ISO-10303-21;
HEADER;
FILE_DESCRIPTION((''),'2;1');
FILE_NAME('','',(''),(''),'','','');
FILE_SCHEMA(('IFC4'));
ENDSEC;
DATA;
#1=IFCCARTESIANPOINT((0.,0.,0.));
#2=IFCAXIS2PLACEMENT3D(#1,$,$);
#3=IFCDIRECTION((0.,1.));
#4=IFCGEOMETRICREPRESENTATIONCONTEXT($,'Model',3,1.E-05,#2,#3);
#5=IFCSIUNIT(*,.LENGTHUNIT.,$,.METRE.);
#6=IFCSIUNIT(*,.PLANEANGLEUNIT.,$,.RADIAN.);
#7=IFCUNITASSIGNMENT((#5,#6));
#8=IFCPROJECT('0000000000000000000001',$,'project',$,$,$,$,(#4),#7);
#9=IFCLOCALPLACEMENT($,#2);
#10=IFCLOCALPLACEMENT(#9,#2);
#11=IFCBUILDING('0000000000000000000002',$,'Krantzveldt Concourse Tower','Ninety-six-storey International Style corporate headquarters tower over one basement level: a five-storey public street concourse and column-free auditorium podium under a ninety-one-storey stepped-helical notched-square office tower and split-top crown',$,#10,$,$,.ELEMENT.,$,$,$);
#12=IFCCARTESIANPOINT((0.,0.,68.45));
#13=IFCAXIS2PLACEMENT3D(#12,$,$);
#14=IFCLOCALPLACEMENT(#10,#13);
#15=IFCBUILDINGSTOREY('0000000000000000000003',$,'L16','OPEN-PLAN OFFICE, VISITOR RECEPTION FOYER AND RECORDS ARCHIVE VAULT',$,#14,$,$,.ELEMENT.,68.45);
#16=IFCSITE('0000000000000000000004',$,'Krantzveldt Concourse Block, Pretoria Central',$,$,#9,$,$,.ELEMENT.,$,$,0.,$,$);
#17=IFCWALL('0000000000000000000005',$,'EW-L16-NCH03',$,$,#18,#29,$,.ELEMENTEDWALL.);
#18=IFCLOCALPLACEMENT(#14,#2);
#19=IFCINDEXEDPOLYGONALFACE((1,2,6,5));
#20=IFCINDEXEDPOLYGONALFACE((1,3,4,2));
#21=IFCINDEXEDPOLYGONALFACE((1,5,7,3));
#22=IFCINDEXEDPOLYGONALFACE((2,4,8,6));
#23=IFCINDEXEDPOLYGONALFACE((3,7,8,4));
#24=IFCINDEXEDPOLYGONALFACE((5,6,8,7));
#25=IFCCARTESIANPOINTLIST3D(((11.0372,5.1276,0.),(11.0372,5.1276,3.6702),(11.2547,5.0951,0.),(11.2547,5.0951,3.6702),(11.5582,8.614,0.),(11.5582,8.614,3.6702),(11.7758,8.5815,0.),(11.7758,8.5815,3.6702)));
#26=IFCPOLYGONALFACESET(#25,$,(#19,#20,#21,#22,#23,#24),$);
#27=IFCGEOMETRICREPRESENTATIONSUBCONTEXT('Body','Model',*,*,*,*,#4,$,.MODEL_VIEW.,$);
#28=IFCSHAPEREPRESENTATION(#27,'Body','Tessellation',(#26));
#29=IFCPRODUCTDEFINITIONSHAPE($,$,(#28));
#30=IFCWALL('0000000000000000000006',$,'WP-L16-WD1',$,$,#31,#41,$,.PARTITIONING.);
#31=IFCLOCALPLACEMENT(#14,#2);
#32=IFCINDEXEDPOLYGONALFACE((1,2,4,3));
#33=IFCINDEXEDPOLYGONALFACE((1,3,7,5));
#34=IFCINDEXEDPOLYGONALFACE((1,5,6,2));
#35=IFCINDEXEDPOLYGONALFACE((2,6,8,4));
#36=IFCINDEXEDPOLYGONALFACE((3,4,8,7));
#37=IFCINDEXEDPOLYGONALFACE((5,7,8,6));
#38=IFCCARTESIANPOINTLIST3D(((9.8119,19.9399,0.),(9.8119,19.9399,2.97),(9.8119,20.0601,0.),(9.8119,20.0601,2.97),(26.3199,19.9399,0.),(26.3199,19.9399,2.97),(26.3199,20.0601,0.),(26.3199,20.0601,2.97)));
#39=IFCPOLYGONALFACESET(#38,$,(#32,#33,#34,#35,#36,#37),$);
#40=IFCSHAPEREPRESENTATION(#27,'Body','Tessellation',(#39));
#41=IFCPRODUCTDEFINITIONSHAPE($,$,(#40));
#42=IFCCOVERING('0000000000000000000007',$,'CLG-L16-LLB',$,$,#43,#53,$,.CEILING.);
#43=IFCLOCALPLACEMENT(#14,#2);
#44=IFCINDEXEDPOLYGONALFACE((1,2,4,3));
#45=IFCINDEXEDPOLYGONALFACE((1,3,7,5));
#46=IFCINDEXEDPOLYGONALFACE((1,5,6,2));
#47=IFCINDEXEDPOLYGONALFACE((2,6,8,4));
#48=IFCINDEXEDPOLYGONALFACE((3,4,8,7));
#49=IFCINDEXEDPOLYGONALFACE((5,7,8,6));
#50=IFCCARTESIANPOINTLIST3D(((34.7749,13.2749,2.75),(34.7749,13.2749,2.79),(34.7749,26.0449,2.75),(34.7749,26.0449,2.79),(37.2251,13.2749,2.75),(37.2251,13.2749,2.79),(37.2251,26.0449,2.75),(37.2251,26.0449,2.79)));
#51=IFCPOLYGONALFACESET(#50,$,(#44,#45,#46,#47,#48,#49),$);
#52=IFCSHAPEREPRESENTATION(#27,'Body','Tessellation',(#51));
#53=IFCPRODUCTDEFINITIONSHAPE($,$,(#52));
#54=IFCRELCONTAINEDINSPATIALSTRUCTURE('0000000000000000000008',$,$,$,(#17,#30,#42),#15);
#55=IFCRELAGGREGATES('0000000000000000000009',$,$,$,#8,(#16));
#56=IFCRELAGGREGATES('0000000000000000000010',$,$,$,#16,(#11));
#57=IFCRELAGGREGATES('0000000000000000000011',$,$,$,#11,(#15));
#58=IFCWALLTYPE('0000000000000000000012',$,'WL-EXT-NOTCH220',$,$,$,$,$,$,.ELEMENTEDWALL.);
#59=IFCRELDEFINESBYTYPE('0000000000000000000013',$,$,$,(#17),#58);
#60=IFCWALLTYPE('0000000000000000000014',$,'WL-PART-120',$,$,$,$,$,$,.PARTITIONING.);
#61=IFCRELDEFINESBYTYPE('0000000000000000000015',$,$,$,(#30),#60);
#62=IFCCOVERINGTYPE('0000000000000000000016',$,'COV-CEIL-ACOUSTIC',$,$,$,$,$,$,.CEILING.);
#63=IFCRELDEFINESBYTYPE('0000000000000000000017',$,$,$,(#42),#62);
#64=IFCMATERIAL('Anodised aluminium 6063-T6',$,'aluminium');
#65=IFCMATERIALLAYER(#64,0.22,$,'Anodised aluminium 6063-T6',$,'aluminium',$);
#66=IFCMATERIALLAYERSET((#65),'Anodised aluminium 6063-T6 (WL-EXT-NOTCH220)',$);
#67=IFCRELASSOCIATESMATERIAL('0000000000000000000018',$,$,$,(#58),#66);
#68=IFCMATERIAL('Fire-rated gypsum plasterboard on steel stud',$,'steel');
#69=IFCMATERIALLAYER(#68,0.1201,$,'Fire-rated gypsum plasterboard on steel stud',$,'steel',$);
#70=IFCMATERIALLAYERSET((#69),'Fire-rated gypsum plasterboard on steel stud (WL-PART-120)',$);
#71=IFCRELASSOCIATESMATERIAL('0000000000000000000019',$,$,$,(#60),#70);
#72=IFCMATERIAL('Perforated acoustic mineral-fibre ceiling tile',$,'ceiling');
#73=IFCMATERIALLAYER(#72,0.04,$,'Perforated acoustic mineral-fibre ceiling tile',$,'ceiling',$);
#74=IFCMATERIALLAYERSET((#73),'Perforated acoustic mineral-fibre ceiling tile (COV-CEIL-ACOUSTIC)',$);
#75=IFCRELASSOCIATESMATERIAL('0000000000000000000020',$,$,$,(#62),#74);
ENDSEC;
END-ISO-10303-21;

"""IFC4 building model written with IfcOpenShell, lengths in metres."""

from ifc_helpers import new_model, si_unit, direction, frame, frame_2d, origin, place, context, subcontext, project, spatial, polyline, rectangle, outline, extrude, material, layer, layer_set, type_object, element, save


model = new_model("IFC4")

# Units and contexts
model_context = context("Model", 3, precision=1e-05, world=origin(), true_north=direction((0.0, 1.0)))
body_context = subcontext(model_context, "Body", "Model", "MODEL_VIEW")
ifc_project = project(units=[si_unit("LENGTHUNIT", "METRE"), si_unit("PLANEANGLEUNIT", "RADIAN")], contexts=[model_context])

# Site, building, storey
site_placement = place(None, origin())
site = spatial("IfcSite", under=ifc_project, at=site_placement, Name="Krantzveldt Concourse Block, Pretoria Central", CompositionType="ELEMENT", RefElevation=0.0)
building_placement = place(site_placement, origin())
building = spatial("IfcBuilding", under=site, at=building_placement, Name="Krantzveldt Concourse Tower", Description="Ninety-six-storey International Style corporate headquarters tower over one basement level: a five-storey public street concourse and column-free auditorium podium under a ninety-one-storey stepped-helical notched-square office tower and split-top crown", CompositionType="ELEMENT")
storey_placement = place(building_placement, frame((0.0, 0.0, 68.45)))
storey = spatial("IfcBuildingStorey", under=building, at=storey_placement, Name="L16", Description="OPEN-PLAN OFFICE, VISITOR RECEPTION FOYER AND RECORDS ARCHIVE VAULT", CompositionType="ELEMENT", Elevation=68.45)

# Shared definitions
ifc_material_1 = material(Name="Anodised aluminium 6063-T6", Category="aluminium")

# Walls
ifc_layer_1 = layer(ifc_material_1, 0.22, Name="Anodised aluminium 6063-T6", Category="aluminium")
ifc_layer_set_1 = layer_set([ifc_layer_1], Name="Anodised aluminium 6063-T6 (WL-EXT-NOTCH220)")
wall_type_1 = type_object("IfcWallType", Name="WL-EXT-NOTCH220", PredefinedType="ELEMENTEDWALL", material=ifc_layer_set_1)
wall_1_placement = place(storey_placement, frame((11.667, 8.5979, 0.0), z_axis=(0.0, 0.0, 1.0), x_axis=(-0.147799, -0.989017, 0.0)))
element("IfcWall", 1, at=wall_1_placement, inside=storey, type_object=wall_type_1, Name="EW-L16-NCH03", PredefinedType="ELEMENTEDWALL", context=body_context, shape_type="SweptSolid", body=[
    extrude(rectangle(XDim=3.5251, YDim=0.22, at=frame_2d((1.7627, 0.0))), origin(), (0.0, 0.0, 1.0), 3.6702),
])
ifc_material_2 = material(Name="Fire-rated gypsum plasterboard on steel stud", Category="steel")
ifc_layer_2 = layer(ifc_material_2, 0.1201, Name="Fire-rated gypsum plasterboard on steel stud", Category="steel")
ifc_layer_set_2 = layer_set([ifc_layer_2], Name="Fire-rated gypsum plasterboard on steel stud (WL-PART-120)")
wall_type_2 = type_object("IfcWallType", Name="WL-PART-120", PredefinedType="PARTITIONING", material=ifc_layer_set_2)
wall_2_placement = place(storey_placement, frame((9.812, 20.0, 0.0), z_axis=(0.0, 0.0, 1.0), x_axis=(1.0, 0.0, 0.0)))
element("IfcWall", 2, at=wall_2_placement, inside=storey, type_object=wall_type_2, Name="WP-L16-WD1", PredefinedType="PARTITIONING", context=body_context, shape_type="SweptSolid", body=[
    extrude(rectangle(XDim=16.5081, YDim=0.1201, at=frame_2d((8.2539, 0.0))), origin(), (0.0, 0.0, 1.0), 2.97),
])

# Covering
ifc_material_3 = material(Name="Perforated acoustic mineral-fibre ceiling tile", Category="ceiling")
ifc_layer_3 = layer(ifc_material_3, 0.04, Name="Perforated acoustic mineral-fibre ceiling tile", Category="ceiling")
ifc_layer_set_3 = layer_set([ifc_layer_3], Name="Perforated acoustic mineral-fibre ceiling tile (COV-CEIL-ACOUSTIC)")
covering_type = type_object("IfcCoveringType", Name="COV-CEIL-ACOUSTIC", PredefinedType="CEILING", material=ifc_layer_set_3)
covering_placement = place(storey_placement, frame((0.0, 0.0, 2.75)))
element("IfcCovering", 3, at=covering_placement, inside=storey, type_object=covering_type, Name="CLG-L16-LLB", PredefinedType="CEILING", context=body_context, shape_type="SweptSolid", body=[
    extrude(outline(polyline([(37.2251, 13.2749), (34.7749, 13.2749), (34.7749, 26.0449), (37.2251, 26.0449), (37.2251, 13.2749)])), origin(), (0.0, 0.0, 1.0), 0.04),
])

save(model, "model.ifc")
